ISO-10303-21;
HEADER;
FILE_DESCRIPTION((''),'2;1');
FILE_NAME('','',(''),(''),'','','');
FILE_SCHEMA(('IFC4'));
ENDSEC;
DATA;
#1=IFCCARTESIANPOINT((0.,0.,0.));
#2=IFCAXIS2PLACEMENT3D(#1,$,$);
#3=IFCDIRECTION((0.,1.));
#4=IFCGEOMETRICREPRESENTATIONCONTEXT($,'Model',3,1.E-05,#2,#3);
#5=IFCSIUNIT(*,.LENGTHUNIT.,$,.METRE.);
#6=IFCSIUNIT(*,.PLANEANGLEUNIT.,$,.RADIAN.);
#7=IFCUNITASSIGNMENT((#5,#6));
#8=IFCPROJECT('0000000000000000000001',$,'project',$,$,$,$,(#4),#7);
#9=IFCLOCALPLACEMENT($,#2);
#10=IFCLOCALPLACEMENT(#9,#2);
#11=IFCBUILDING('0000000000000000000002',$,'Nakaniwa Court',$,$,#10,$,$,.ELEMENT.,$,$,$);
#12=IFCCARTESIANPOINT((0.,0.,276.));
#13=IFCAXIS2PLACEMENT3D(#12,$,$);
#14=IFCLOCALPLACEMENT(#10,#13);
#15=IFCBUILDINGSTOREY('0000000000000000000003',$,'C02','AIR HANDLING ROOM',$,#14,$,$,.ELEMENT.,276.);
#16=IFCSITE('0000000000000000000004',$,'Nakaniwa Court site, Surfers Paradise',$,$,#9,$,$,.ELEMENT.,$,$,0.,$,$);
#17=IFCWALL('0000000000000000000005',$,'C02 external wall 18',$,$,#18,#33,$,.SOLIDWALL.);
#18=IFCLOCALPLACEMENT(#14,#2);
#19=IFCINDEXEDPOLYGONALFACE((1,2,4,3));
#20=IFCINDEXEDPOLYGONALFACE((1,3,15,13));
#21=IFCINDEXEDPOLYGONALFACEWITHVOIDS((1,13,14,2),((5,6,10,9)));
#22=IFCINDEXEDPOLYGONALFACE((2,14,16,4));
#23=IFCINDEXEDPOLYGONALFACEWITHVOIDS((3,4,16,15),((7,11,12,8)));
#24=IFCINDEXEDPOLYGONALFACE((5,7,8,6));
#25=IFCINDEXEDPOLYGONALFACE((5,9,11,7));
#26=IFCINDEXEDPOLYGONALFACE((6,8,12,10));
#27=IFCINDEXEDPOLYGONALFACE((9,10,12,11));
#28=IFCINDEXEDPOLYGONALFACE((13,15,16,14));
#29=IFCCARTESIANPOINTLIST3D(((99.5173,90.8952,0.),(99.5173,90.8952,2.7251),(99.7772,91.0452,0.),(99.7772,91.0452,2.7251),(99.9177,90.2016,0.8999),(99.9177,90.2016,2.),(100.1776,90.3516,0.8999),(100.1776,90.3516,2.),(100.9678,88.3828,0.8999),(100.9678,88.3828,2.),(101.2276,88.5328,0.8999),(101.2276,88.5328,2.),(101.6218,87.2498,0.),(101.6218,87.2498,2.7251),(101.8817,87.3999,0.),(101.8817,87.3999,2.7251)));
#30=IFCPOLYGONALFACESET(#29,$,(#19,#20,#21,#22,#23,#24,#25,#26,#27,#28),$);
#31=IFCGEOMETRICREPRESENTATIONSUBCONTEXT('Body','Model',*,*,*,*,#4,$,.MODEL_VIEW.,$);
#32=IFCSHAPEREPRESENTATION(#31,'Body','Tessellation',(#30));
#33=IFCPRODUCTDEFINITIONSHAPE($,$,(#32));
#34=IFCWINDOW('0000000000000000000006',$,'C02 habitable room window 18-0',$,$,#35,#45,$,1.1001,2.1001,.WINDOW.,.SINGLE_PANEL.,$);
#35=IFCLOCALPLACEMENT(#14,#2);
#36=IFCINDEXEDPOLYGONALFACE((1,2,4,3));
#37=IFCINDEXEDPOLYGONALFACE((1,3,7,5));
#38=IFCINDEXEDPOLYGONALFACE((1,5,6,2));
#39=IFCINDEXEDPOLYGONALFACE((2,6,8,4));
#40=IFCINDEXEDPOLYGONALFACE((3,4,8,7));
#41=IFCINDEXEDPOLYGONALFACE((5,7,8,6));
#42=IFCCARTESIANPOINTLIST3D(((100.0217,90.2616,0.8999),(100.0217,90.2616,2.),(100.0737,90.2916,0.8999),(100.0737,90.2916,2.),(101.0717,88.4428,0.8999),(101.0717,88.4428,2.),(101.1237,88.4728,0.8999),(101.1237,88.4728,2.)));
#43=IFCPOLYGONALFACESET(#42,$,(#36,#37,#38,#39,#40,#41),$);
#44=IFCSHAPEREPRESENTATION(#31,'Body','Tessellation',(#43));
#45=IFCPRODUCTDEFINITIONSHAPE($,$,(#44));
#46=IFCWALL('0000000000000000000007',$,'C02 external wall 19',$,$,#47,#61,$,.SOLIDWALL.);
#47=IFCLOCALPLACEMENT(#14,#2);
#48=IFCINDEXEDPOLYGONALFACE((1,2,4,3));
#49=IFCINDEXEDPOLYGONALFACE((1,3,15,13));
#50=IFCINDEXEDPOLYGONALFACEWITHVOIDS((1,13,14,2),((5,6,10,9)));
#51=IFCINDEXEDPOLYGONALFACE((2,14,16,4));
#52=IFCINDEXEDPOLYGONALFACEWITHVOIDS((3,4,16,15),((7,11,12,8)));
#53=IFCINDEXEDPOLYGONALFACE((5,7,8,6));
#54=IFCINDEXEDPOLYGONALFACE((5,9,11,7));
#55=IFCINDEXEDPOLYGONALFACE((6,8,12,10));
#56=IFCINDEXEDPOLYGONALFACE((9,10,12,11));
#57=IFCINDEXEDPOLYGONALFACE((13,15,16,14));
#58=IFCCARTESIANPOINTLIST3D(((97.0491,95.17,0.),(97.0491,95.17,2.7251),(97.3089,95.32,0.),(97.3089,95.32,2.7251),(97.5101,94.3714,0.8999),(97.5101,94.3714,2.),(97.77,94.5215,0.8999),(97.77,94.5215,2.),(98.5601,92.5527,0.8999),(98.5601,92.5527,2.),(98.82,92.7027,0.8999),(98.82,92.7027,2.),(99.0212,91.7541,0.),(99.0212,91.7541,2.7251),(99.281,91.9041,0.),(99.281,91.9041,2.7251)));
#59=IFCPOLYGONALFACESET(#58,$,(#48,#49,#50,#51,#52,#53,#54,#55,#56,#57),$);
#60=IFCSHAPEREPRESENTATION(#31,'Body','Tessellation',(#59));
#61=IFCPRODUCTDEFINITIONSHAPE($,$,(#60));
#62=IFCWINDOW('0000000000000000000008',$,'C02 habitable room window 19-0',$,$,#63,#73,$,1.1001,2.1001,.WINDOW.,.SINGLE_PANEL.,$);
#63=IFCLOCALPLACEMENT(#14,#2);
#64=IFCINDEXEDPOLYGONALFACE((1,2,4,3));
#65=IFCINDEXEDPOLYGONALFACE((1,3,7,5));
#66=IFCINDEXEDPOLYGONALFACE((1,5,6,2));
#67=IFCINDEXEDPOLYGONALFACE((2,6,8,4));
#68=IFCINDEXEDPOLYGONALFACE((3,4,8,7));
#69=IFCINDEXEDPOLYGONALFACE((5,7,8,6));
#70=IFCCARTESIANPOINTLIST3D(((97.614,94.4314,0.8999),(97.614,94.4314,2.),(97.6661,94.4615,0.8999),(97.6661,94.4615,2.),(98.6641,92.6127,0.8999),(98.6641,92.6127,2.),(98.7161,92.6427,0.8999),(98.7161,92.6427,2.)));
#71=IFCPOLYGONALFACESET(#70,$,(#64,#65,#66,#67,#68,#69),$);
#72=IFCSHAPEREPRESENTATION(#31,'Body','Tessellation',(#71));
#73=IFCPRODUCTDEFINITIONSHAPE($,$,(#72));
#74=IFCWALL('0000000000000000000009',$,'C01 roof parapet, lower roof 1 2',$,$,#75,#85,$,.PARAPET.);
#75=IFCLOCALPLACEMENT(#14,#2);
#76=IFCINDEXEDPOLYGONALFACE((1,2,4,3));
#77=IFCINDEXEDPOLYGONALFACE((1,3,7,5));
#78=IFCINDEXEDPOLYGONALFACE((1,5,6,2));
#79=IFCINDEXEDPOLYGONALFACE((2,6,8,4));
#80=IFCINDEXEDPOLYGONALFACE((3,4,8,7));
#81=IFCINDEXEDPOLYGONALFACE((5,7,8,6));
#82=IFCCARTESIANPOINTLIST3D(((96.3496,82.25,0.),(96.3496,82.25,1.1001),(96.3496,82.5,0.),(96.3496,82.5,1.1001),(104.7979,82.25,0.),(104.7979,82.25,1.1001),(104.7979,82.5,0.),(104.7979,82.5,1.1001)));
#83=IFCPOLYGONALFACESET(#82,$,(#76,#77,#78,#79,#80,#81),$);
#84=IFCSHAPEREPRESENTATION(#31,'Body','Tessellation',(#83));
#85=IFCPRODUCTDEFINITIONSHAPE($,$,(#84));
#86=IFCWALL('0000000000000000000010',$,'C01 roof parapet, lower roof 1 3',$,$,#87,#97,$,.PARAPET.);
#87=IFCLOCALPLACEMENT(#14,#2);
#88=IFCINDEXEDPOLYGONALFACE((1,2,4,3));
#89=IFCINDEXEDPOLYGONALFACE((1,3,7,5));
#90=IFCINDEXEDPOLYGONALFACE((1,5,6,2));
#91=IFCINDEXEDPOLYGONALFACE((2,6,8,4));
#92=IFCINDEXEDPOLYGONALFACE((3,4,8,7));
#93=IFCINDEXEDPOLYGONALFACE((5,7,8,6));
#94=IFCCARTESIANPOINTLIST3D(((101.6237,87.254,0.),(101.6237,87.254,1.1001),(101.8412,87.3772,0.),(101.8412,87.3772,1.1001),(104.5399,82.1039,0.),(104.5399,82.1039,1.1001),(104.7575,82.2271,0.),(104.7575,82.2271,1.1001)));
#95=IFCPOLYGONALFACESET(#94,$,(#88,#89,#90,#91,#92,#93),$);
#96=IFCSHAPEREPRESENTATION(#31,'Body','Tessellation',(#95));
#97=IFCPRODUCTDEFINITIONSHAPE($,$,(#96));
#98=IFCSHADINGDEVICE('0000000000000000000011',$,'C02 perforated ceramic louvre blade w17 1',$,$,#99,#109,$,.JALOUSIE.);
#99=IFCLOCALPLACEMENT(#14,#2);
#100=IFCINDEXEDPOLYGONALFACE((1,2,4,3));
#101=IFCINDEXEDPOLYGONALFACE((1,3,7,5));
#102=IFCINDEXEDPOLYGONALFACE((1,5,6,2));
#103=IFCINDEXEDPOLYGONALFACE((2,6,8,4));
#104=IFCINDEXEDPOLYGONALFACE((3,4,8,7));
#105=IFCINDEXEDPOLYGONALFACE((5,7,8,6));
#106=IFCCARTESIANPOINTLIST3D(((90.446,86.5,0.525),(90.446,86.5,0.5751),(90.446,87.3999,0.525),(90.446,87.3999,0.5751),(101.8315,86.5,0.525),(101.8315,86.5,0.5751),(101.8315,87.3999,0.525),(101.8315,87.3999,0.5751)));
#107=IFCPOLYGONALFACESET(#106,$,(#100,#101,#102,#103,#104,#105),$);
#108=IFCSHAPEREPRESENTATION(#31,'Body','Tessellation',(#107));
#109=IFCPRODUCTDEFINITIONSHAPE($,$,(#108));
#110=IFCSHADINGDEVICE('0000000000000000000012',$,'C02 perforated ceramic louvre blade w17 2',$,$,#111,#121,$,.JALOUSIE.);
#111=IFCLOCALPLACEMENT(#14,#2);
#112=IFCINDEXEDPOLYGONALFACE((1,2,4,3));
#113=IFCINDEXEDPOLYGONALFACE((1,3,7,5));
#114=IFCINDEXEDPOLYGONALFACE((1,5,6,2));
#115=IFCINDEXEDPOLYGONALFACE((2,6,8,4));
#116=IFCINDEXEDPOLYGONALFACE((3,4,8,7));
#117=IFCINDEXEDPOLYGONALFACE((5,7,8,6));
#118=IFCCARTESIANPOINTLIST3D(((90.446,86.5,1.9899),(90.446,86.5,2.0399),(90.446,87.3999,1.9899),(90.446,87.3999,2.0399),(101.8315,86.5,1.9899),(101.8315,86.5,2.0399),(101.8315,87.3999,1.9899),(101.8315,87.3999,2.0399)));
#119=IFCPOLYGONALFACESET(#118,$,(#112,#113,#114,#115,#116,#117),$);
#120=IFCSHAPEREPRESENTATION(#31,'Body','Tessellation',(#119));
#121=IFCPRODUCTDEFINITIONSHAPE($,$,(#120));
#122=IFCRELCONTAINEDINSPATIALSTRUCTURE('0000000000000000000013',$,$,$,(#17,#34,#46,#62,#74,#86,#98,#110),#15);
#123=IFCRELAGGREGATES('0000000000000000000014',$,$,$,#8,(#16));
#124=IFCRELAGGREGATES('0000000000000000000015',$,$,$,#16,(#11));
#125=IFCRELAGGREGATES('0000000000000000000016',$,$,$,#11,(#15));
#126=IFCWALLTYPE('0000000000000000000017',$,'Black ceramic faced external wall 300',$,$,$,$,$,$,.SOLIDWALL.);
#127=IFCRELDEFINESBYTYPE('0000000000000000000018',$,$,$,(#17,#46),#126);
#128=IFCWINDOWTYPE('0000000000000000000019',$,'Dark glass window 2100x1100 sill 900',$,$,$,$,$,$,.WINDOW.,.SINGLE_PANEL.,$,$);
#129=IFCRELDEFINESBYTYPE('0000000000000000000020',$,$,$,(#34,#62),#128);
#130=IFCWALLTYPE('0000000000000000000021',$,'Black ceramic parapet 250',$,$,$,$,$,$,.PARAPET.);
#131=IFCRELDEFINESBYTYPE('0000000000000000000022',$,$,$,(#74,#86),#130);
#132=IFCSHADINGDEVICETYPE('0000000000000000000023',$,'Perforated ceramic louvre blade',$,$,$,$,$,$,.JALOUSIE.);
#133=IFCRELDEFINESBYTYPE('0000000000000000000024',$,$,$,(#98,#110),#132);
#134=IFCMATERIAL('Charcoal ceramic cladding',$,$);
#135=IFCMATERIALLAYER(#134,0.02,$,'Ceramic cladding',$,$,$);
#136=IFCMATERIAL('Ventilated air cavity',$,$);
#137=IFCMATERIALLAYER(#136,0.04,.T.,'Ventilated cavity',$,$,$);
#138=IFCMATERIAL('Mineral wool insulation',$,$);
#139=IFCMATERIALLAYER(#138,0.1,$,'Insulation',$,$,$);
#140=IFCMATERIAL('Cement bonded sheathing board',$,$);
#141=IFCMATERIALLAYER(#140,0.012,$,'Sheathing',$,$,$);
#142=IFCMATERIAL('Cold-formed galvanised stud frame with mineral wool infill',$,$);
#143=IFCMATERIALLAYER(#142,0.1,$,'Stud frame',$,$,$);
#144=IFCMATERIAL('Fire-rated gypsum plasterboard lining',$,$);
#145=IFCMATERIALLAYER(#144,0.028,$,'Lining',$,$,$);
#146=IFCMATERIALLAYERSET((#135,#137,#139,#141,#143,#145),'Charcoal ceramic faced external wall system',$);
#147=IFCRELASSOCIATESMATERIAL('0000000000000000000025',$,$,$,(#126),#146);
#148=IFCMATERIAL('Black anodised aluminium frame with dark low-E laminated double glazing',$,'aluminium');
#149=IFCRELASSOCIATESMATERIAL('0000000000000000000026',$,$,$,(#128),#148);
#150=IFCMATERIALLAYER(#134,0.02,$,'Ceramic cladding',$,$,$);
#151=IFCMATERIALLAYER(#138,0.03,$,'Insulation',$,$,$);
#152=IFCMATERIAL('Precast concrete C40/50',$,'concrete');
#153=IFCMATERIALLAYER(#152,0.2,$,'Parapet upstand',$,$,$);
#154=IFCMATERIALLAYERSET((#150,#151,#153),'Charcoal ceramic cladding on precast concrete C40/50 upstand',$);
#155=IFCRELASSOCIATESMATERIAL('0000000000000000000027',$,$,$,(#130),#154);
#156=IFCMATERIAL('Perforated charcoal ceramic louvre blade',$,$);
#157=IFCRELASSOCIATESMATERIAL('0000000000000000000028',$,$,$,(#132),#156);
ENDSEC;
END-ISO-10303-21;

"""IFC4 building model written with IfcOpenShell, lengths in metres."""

from ifc_helpers import new_model, si_unit, direction, frame, frame_2d, origin, origin_2d, place, context, subcontext, project, spatial, rectangle, extrude, material, layer, layer_set, material_profile, profile_set, type_object, element, fill, save


model = new_model("IFC4")

# Units and contexts
model_context = context("Model", 3, precision=1e-05, world=origin(), true_north=direction((0.0, 1.0)))
body_context = subcontext(model_context, "Body", "Model", "MODEL_VIEW")
ifc_project = project(units=[si_unit("LENGTHUNIT", "METRE"), si_unit("PLANEANGLEUNIT", "RADIAN")], contexts=[model_context])

# Site, building, storey
site_placement = place(None, origin())
site = spatial("IfcSite", under=ifc_project, at=site_placement, Name="Nakaniwa Court site, Surfers Paradise", CompositionType="ELEMENT", RefElevation=0.0)
building_placement = place(site_placement, origin())
building = spatial("IfcBuilding", under=site, at=building_placement, Name="Nakaniwa Court", CompositionType="ELEMENT")
storey_placement = place(building_placement, frame((0.0, 0.0, 276.0)))
storey = spatial("IfcBuildingStorey", under=building, at=storey_placement, Name="C02", Description="AIR HANDLING ROOM", CompositionType="ELEMENT", Elevation=276.0)

# Walls, openings, windows
ifc_material_1 = material(Name="Charcoal ceramic cladding")
ifc_layer_1 = layer(ifc_material_1, 0.02, Name="Ceramic cladding")
ifc_material_2 = material(Name="Ventilated air cavity")
ifc_layer_2 = layer(ifc_material_2, 0.04, ventilated=True, Name="Ventilated cavity")
ifc_material_3 = material(Name="Mineral wool insulation")
ifc_layer_3 = layer(ifc_material_3, 0.1, Name="Insulation")
ifc_material_4 = material(Name="Cement bonded sheathing board")
ifc_layer_4 = layer(ifc_material_4, 0.012, Name="Sheathing")
ifc_material_5 = material(Name="Cold-formed galvanised stud frame with mineral wool infill")
ifc_layer_5 = layer(ifc_material_5, 0.1, Name="Stud frame")
ifc_material_6 = material(Name="Fire-rated gypsum plasterboard lining")
ifc_layer_6 = layer(ifc_material_6, 0.028, Name="Lining")
ifc_layer_set_1 = layer_set([ifc_layer_1, ifc_layer_2, ifc_layer_3, ifc_layer_4, ifc_layer_5, ifc_layer_6], Name="Charcoal ceramic faced external wall system")
wall_type_1 = type_object("IfcWallType", Name="Black ceramic faced external wall 300", PredefinedType="SOLIDWALL", material=ifc_layer_set_1)
ifc_material_7 = material(Name="Black anodised aluminium frame with dark low-E laminated double glazing", Category="aluminium")
window_type = type_object("IfcWindowType", Name="Dark glass window 2100x1100 sill 900", PartitioningType="SINGLE_PANEL", PredefinedType="WINDOW", material=ifc_material_7)
wall_1_placement = place(storey_placement, frame((101.7517, 87.325, 0.0), z_axis=(0.0, 0.0, 1.0), x_axis=(-0.499982, 0.866036, 0.0)))
wall_1 = element("IfcWall", 1, at=wall_1_placement, inside=storey, type_object=wall_type_1, Name="C02 external wall 18", PredefinedType="SOLIDWALL", context=body_context, shape_type="SweptSolid", body=[
    extrude(rectangle(XDim=4.2092, YDim=0.3, at=frame_2d((2.1045, 0.0))), origin(), (0.0, 0.0, 1.0), 2.7251),
])
opening_1_placement = place(wall_1_placement, frame((1.3081, 0.0, 0.8999)))
opening_1 = element("IfcOpeningElement", 2, at=opening_1_placement, cuts=wall_1, PredefinedType="OPENING", context=body_context, shape_type="SweptSolid", body=[
    extrude(rectangle(XDim=2.1001, YDim=1.1001, at=frame_2d((1.05, 0.55))), frame((0.0, 0.1599, 0.0), z_axis=(0.0, -1.0, 0.0), x_axis=(1.0, 0.0, 0.0)), (0.0, 0.0, 1.0), 0.3201),
])
window_1_placement = place(opening_1_placement, origin())
window_1 = element("IfcWindow", 3, at=window_1_placement, inside=storey, type_object=window_type, Name="C02 habitable room window 18-0", OverallHeight=1.1001, OverallWidth=2.1001, PartitioningType="SINGLE_PANEL", PredefinedType="WINDOW", context=body_context, shape_type="SweptSolid", body=[
    extrude(rectangle(XDim=2.1001, YDim=1.1001, at=frame_2d((1.05, 0.55))), frame((0.0, 0.03, 0.0), z_axis=(0.0, -1.0, 0.0), x_axis=(1.0, 0.0, 0.0)), (0.0, 0.0, 1.0), 0.0601),
])
fill(opening_1, window_1)
wall_2_placement = place(storey_placement, frame((99.1511, 91.8291, 0.0), z_axis=(0.0, 0.0, 1.0), x_axis=(-0.499987, 0.866033, 0.0)))
wall_2 = element("IfcWall", 4, at=wall_2_placement, inside=storey, type_object=wall_type_1, Name="C02 external wall 19", PredefinedType="SOLIDWALL", context=body_context, shape_type="SweptSolid", body=[
    extrude(rectangle(XDim=3.9443, YDim=0.3, at=frame_2d((1.9722, 0.0))), origin(), (0.0, 0.0, 1.0), 2.7251),
])
opening_2_placement = place(wall_2_placement, frame((0.9221, 0.0, 0.8999)))
opening_2 = element("IfcOpeningElement", 5, at=opening_2_placement, cuts=wall_2, PredefinedType="OPENING", context=body_context, shape_type="SweptSolid", body=[
    extrude(rectangle(XDim=2.1001, YDim=1.1001, at=frame_2d((1.05, 0.55))), frame((0.0, 0.1599, 0.0), z_axis=(0.0, -1.0, 0.0), x_axis=(1.0, 0.0, 0.0)), (0.0, 0.0, 1.0), 0.3201),
])
window_2_placement = place(opening_2_placement, origin())
window_2 = element("IfcWindow", 6, at=window_2_placement, inside=storey, type_object=window_type, Name="C02 habitable room window 19-0", OverallHeight=1.1001, OverallWidth=2.1001, PartitioningType="SINGLE_PANEL", PredefinedType="WINDOW", context=body_context, shape_type="SweptSolid", body=[
    extrude(rectangle(XDim=2.1001, YDim=1.1001, at=frame_2d((1.05, 0.55))), frame((0.0, 0.03, 0.0), z_axis=(0.0, -1.0, 0.0), x_axis=(1.0, 0.0, 0.0)), (0.0, 0.0, 1.0), 0.0601),
])
fill(opening_2, window_2)

# Walls
ifc_layer_7 = layer(ifc_material_1, 0.02, Name="Ceramic cladding")
ifc_layer_8 = layer(ifc_material_3, 0.03, Name="Insulation")
ifc_material_8 = material(Name="Precast concrete C40/50", Category="concrete")
ifc_layer_9 = layer(ifc_material_8, 0.2, Name="Parapet upstand")
ifc_layer_set_2 = layer_set([ifc_layer_7, ifc_layer_8, ifc_layer_9], Name="Charcoal ceramic cladding on precast concrete C40/50 upstand")
wall_type_2 = type_object("IfcWallType", Name="Black ceramic parapet 250", PredefinedType="PARAPET", material=ifc_layer_set_2)
wall_3_placement = place(storey_placement, frame((96.3496, 82.375, 0.0), z_axis=(0.0, 0.0, 1.0), x_axis=(1.0, 0.0, 0.0)))
element("IfcWall", 7, at=wall_3_placement, inside=storey, type_object=wall_type_2, Name="C01 roof parapet, lower roof 1 2", PredefinedType="PARAPET", context=body_context, shape_type="SweptSolid", body=[
    extrude(rectangle(XDim=8.4482, YDim=0.25, at=frame_2d((4.2241, 0.0))), origin(), (0.0, 0.0, 1.0), 1.1001),
])
wall_4_placement = place(storey_placement, frame((104.6487, 82.1655, 0.0), z_axis=(0.0, 0.0, 1.0), x_axis=(-0.492737, 0.870178, 0.0)))
element("IfcWall", 8, at=wall_4_placement, inside=storey, type_object=wall_type_2, Name="C01 roof parapet, lower roof 1 3", PredefinedType="PARAPET", context=body_context, shape_type="SweptSolid", body=[
    extrude(rectangle(XDim=5.9185, YDim=0.25, at=frame_2d((2.9592, 0.0))), origin(), (0.0, 0.0, 1.0), 1.1001),
])

# Shading devices
ifc_material_9 = material(Name="Perforated charcoal ceramic louvre blade")
ifc_material_profile_1 = material_profile(ifc_material_9, rectangle(XDim=0.8999, YDim=0.05, at=origin_2d()), Name="Perforated ceramic louvre blade")
ifc_profile_set_1 = profile_set([ifc_material_profile_1], Name="Perforated charcoal ceramic louvre blade")
shading_device_type = type_object("IfcShadingDeviceType", Name="Perforated ceramic louvre blade", PredefinedType="JALOUSIE", material=ifc_profile_set_1)
for number, where, z_axis, x_axis, name in (
    (9, (90.446, 86.95, 0.55), (1.0, 0.0, 0.0), (0.0, 1.0, 0.0), "C02 perforated ceramic louvre blade w17 1"),
    (10, (90.446, 86.95, 2.0149), (1.0, 0.0, 0.0), (0.0, 1.0, 0.0), "C02 perforated ceramic louvre blade w17 2"),
):
    element("IfcShadingDevice", number, at=place(storey_placement, frame(where, z_axis=z_axis, x_axis=x_axis)), inside=storey, type_object=shading_device_type, Name=name, PredefinedType="JALOUSIE", context=body_context, shape_type="SweptSolid", body=[
        extrude(rectangle(XDim=0.8999, YDim=0.05, at=origin_2d()), origin(), (0.0, 0.0, 1.0), 11.3855),
    ])

save(model, "model.ifc")
